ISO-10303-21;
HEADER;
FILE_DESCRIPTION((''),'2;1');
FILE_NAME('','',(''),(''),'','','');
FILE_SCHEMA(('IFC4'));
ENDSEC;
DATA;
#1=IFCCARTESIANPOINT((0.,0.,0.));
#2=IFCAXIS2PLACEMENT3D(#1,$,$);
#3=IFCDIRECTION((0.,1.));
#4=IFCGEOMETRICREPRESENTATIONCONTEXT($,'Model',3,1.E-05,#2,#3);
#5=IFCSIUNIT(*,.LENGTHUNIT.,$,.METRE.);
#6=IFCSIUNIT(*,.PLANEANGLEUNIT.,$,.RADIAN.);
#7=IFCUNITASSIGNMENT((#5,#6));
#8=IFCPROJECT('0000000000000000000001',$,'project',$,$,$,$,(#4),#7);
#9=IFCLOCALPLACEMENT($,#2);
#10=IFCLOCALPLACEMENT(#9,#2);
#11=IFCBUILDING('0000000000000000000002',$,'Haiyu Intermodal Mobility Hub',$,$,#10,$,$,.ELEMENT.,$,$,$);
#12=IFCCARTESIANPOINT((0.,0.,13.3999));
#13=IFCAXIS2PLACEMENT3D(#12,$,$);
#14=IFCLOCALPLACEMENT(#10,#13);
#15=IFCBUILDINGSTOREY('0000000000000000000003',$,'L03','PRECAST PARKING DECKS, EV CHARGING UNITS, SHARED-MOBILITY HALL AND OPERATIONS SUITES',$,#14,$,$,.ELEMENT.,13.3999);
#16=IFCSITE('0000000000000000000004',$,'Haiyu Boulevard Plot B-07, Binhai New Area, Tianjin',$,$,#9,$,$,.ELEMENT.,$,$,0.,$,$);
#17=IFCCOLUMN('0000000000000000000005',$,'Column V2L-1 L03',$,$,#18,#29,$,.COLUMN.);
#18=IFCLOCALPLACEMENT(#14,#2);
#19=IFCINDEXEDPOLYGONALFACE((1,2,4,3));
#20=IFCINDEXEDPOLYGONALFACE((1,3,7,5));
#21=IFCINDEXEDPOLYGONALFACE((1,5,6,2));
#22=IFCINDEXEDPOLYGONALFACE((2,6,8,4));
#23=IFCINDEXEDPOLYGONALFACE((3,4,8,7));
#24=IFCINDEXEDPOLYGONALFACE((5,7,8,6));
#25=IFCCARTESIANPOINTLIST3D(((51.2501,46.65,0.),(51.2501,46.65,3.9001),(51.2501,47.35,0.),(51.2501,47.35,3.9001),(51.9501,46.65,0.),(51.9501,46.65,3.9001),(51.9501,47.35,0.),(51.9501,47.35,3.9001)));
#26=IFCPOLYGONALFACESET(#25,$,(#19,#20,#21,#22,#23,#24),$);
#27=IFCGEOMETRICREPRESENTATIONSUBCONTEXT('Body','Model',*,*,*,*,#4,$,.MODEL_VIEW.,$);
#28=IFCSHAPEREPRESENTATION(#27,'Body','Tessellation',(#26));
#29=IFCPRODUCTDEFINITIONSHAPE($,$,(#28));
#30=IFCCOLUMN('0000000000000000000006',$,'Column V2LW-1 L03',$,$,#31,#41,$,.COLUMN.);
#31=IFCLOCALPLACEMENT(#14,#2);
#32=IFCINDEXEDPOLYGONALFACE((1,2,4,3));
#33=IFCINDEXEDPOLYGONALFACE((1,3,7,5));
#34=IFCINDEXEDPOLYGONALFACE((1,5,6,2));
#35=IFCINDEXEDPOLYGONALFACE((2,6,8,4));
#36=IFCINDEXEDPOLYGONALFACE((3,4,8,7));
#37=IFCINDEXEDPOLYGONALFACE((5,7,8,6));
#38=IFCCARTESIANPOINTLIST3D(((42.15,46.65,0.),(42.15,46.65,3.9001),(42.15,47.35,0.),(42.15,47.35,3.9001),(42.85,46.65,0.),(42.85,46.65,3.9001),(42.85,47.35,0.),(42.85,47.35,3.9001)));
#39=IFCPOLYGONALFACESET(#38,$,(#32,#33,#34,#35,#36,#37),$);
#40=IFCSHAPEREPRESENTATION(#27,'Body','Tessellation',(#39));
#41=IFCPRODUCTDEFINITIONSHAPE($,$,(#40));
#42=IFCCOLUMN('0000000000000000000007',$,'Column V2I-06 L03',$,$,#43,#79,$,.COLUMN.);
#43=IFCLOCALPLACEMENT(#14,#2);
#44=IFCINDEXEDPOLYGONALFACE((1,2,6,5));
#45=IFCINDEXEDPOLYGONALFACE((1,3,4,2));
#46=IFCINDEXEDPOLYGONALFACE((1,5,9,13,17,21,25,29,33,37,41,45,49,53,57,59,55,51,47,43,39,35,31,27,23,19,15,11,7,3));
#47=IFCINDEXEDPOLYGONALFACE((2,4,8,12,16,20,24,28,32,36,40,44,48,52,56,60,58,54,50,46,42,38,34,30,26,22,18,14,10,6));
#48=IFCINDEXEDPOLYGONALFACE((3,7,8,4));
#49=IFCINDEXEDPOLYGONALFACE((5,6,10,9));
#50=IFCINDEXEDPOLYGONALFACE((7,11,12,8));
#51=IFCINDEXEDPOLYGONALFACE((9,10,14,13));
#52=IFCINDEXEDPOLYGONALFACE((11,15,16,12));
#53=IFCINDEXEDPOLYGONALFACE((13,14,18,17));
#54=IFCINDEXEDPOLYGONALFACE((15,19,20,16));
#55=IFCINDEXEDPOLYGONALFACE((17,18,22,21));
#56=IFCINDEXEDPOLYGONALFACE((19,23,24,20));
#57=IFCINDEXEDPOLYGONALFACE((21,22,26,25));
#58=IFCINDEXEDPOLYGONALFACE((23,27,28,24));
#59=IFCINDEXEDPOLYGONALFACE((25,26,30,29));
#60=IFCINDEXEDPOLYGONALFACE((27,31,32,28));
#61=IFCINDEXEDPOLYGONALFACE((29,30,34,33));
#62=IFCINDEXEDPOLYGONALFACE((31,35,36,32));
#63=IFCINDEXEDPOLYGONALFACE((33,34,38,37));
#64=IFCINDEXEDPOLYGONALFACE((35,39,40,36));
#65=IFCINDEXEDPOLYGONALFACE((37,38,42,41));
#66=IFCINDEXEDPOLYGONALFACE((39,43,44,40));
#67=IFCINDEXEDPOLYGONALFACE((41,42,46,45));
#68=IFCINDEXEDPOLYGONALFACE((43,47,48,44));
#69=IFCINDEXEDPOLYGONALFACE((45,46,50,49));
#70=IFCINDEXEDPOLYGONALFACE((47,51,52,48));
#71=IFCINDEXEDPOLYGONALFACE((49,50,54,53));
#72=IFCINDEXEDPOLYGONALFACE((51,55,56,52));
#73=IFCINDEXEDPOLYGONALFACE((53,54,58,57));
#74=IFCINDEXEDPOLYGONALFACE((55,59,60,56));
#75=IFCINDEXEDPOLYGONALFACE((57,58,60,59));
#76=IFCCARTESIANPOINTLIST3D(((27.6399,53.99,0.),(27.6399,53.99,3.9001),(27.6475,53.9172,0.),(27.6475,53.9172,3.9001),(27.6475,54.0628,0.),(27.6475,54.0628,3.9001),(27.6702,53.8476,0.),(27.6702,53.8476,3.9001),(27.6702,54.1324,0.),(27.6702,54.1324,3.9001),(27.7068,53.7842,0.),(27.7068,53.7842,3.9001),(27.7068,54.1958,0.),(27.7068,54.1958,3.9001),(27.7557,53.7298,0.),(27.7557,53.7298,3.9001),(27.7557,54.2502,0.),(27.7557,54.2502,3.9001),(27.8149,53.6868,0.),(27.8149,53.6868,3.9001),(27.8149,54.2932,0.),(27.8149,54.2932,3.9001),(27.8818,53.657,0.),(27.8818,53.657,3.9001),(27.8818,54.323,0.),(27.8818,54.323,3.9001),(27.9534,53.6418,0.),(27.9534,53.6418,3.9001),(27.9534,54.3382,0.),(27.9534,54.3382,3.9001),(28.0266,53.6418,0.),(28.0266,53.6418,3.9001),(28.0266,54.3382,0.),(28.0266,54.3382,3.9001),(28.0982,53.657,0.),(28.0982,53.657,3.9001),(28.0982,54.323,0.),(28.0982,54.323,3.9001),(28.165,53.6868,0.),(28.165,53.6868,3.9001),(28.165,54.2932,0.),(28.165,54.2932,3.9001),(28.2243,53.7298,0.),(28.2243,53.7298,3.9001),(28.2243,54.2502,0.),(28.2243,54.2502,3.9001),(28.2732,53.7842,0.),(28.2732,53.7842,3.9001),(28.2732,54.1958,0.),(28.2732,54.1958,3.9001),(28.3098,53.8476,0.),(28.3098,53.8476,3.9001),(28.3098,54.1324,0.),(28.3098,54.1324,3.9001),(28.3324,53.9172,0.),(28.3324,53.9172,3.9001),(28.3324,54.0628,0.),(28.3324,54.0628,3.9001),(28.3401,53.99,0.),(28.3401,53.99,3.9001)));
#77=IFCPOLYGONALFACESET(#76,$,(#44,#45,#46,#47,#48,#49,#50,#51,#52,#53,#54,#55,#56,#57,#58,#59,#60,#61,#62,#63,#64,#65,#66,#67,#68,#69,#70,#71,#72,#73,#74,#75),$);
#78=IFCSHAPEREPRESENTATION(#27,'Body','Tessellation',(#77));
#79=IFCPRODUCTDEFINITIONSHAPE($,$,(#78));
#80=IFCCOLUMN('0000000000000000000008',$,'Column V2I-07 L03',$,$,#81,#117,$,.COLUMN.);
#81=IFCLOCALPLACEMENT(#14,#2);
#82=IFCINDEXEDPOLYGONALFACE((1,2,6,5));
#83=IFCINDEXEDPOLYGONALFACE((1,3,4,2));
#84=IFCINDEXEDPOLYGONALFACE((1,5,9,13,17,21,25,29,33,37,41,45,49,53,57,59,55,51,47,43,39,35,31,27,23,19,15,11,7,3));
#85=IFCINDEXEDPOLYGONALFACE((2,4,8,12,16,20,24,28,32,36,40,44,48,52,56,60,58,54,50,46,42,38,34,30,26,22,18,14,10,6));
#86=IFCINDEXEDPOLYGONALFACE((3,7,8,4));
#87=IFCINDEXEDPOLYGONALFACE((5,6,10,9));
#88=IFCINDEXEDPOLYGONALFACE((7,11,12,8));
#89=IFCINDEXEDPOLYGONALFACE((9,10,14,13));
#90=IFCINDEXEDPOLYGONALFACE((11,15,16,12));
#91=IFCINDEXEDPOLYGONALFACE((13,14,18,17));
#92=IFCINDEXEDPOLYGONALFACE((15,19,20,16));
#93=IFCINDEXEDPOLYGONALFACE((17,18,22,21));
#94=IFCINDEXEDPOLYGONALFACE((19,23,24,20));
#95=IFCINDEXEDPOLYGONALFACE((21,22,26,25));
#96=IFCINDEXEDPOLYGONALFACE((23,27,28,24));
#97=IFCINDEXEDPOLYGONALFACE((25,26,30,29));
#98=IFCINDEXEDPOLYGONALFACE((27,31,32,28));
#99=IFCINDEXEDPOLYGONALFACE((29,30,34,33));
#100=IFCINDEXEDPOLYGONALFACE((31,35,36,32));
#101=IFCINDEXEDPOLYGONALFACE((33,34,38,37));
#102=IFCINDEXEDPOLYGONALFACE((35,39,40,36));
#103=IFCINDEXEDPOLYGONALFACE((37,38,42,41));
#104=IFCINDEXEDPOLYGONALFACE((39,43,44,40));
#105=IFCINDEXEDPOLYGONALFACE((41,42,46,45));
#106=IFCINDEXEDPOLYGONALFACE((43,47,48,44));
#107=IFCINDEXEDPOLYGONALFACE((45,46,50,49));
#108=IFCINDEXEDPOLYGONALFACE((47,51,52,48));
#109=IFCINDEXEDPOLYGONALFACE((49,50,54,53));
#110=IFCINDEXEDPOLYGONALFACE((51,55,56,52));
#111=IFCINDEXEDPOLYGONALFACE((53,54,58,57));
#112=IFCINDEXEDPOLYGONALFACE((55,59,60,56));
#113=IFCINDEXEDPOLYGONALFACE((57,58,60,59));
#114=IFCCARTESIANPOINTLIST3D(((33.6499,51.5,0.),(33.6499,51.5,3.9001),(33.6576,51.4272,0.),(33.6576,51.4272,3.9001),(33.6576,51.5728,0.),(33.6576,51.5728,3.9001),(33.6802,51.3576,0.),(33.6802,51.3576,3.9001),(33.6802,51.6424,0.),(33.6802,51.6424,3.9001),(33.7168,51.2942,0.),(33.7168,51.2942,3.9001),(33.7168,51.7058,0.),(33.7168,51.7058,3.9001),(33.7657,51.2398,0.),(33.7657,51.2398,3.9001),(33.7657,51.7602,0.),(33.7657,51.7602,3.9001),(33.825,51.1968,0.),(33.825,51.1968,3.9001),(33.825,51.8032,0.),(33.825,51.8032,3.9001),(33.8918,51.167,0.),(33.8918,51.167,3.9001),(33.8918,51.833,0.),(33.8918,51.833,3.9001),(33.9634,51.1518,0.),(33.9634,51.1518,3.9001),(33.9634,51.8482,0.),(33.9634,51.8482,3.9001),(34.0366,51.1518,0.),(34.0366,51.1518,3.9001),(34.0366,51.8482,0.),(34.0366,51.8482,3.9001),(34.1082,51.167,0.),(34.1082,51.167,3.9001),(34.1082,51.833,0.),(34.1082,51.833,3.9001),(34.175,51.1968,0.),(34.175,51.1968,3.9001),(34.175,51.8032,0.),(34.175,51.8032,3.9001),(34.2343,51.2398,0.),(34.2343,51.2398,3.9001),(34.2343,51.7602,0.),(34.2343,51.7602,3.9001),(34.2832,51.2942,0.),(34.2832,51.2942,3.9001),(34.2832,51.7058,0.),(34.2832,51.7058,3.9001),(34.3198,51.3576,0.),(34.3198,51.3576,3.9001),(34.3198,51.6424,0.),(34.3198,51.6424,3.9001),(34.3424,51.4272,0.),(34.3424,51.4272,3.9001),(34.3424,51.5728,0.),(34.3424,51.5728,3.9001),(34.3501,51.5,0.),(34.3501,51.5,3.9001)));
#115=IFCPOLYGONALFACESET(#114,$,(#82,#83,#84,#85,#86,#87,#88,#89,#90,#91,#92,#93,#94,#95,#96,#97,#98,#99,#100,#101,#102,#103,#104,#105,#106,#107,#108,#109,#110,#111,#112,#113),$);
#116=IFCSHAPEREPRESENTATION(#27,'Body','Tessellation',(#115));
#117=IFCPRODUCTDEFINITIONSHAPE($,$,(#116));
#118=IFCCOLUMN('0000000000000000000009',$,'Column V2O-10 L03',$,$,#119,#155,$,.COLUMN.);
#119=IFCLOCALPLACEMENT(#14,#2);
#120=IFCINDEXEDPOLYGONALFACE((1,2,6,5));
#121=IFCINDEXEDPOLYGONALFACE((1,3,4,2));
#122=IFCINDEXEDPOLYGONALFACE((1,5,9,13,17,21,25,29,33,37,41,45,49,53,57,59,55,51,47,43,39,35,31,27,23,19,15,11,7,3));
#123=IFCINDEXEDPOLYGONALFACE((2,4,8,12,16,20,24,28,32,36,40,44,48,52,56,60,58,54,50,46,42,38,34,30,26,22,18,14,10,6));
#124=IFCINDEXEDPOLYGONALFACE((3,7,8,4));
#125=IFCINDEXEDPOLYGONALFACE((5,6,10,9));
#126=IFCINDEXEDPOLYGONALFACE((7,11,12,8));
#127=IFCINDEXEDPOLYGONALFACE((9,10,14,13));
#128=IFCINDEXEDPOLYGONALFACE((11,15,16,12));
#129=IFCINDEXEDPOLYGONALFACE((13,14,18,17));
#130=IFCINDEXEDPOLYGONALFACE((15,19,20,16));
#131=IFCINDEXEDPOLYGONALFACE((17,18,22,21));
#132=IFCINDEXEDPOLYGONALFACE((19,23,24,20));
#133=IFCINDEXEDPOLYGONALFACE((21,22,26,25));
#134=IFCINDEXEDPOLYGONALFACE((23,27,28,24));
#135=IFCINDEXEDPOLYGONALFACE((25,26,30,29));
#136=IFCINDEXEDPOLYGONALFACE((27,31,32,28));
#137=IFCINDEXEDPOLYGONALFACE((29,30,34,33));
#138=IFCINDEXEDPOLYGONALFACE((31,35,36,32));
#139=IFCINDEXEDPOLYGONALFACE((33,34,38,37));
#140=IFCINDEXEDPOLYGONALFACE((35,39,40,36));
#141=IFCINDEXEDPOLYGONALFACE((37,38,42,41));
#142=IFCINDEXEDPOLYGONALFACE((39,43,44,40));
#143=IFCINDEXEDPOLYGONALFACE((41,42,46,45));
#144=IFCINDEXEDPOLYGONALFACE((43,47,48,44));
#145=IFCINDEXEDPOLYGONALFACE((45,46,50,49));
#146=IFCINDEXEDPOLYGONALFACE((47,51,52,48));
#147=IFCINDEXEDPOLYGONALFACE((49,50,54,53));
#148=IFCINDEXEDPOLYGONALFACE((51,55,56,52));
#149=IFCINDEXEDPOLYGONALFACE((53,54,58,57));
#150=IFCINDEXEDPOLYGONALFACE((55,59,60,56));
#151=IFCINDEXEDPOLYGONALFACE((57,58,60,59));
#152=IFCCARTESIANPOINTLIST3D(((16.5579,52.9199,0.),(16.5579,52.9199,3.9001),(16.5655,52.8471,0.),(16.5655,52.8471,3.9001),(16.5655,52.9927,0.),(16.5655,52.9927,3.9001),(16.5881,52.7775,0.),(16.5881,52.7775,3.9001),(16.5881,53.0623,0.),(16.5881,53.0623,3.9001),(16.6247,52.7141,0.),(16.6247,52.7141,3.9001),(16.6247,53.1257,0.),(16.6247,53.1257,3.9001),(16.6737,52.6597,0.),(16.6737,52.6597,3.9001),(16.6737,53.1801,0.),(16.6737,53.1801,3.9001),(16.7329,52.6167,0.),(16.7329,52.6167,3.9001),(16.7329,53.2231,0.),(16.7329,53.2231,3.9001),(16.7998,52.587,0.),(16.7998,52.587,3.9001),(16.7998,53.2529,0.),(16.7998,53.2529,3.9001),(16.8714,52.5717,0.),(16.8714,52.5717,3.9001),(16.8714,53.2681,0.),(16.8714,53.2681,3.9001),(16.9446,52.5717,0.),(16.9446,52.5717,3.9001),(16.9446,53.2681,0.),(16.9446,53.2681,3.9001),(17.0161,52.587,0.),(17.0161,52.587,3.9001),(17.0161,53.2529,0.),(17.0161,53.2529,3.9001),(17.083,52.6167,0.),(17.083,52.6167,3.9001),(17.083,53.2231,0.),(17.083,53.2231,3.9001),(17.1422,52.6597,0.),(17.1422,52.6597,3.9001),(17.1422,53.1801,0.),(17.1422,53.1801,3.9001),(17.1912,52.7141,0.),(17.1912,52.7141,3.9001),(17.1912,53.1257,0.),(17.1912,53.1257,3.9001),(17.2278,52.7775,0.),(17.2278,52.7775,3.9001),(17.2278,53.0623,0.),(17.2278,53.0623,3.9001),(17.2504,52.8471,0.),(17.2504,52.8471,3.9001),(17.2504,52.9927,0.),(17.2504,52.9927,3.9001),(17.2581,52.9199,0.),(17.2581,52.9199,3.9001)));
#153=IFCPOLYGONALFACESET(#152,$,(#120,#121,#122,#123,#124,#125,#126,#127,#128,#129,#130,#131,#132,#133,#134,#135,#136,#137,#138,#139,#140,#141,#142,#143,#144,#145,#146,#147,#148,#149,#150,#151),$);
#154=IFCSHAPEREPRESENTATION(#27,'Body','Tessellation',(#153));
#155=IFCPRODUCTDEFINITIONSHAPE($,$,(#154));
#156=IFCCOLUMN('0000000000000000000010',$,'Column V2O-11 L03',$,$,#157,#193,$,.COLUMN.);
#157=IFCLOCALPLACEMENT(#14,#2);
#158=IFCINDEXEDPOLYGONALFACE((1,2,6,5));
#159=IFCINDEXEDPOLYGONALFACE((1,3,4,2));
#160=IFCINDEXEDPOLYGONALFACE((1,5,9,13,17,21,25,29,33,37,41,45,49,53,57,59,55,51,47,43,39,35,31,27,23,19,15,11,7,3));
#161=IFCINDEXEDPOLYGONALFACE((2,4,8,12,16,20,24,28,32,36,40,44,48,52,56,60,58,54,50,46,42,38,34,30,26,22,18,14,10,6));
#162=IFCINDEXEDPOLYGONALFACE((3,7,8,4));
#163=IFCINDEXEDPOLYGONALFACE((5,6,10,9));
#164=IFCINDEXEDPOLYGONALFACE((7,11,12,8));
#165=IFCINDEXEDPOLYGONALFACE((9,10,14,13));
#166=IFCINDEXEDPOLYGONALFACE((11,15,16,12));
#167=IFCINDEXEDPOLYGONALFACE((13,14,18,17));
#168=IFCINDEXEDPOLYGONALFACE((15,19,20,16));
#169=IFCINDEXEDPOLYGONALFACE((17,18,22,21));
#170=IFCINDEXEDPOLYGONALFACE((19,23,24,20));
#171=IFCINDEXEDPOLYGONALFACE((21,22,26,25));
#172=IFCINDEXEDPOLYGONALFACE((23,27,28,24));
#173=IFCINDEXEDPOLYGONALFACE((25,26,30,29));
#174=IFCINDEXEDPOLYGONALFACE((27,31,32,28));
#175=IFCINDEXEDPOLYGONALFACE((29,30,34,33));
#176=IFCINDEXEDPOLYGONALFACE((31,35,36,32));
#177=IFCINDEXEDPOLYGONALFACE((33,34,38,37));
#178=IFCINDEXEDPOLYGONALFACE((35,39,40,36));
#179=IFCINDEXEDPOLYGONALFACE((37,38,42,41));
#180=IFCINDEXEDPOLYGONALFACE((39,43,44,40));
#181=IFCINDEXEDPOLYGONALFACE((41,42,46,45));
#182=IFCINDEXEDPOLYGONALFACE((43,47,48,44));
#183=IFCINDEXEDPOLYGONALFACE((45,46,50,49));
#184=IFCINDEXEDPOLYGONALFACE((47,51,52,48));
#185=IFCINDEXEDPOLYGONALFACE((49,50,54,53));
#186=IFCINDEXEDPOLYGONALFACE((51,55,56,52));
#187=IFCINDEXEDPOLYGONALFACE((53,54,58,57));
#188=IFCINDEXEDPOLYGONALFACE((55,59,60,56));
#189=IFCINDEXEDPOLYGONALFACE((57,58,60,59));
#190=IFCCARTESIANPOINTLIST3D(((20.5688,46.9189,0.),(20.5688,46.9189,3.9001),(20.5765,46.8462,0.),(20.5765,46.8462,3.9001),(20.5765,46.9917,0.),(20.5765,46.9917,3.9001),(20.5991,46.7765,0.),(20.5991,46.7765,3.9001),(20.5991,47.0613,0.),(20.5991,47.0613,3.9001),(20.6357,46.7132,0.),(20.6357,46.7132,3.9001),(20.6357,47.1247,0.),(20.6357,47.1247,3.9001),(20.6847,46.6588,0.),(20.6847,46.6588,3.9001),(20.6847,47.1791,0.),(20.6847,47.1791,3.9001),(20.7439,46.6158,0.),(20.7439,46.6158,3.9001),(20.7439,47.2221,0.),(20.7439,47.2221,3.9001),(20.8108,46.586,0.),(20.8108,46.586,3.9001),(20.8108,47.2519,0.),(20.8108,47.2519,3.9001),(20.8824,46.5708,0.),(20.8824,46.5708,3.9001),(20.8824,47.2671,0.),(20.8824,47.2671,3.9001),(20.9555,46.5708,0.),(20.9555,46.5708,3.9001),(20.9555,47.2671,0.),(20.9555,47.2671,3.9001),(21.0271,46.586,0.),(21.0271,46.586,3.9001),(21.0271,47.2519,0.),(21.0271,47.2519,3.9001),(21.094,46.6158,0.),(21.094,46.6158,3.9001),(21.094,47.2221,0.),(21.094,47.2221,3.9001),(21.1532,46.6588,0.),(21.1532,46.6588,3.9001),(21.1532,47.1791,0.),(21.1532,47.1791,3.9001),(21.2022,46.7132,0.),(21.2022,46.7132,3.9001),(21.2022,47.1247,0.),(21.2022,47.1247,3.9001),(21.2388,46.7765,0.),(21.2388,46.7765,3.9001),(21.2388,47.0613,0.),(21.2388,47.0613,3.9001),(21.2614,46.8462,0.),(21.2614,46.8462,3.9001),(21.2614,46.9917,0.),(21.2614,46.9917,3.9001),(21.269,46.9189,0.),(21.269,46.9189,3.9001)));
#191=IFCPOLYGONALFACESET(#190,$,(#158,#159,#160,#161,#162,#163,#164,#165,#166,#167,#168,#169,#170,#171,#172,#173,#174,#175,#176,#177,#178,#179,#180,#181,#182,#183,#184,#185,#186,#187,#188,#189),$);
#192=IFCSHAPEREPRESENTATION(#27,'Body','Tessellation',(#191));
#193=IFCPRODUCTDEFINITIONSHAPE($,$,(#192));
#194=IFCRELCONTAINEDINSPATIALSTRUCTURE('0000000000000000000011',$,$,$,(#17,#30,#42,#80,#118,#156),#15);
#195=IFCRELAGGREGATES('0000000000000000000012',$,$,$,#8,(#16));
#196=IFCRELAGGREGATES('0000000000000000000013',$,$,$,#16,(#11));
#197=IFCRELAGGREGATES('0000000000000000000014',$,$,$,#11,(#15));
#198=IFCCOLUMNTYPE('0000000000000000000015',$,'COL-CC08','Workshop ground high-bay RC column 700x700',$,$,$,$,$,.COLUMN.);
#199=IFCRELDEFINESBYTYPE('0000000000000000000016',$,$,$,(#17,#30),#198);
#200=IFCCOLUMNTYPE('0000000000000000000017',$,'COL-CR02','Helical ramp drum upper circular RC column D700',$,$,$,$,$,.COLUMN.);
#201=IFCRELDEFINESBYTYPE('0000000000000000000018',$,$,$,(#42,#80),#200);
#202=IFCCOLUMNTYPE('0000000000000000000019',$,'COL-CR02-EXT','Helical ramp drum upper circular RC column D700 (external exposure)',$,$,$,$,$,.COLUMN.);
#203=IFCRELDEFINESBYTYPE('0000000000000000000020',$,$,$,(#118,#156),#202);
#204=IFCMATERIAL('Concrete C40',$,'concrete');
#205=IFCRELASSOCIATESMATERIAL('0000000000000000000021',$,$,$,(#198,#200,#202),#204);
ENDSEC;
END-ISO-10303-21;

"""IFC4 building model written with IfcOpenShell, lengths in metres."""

from ifc_helpers import new_model, si_unit, direction, frame, origin, origin_2d, place, context, subcontext, project, spatial, rectangle, circle, extrude, material, material_profile, profile_set, type_object, element, save


model = new_model("IFC4")

# Units and contexts
model_context = context("Model", 3, precision=1e-05, world=origin(), true_north=direction((0.0, 1.0)))
body_context = subcontext(model_context, "Body", "Model", "MODEL_VIEW")
ifc_project = project(units=[si_unit("LENGTHUNIT", "METRE"), si_unit("PLANEANGLEUNIT", "RADIAN")], contexts=[model_context])

# Site, building, storey
site_placement = place(None, origin())
site = spatial("IfcSite", under=ifc_project, at=site_placement, Name="Haiyu Boulevard Plot B-07, Binhai New Area, Tianjin", CompositionType="ELEMENT", RefElevation=0.0)
building_placement = place(site_placement, origin())
building = spatial("IfcBuilding", under=site, at=building_placement, Name="Haiyu Intermodal Mobility Hub", CompositionType="ELEMENT")
storey_placement = place(building_placement, frame((0.0, 0.0, 13.3999)))
storey = spatial("IfcBuildingStorey", under=building, at=storey_placement, Name="L03", Description="PRECAST PARKING DECKS, EV CHARGING UNITS, SHARED-MOBILITY HALL AND OPERATIONS SUITES", CompositionType="ELEMENT", Elevation=13.3999)

# Columns
ifc_material_1 = material(Name="Concrete C40", Category="concrete")
ifc_material_profile_1 = material_profile(ifc_material_1, rectangle(XDim=0.7, YDim=0.7, at=origin_2d()), Name="RC700x700")
ifc_profile_set_1 = profile_set([ifc_material_profile_1], Name="Concrete C40")
column_type_1 = type_object("IfcColumnType", Name="COL-CC08", Description="Workshop ground high-bay RC column 700x700", PredefinedType="COLUMN", material=ifc_profile_set_1)
for number, where, z_axis, x_axis, name in (
    (1, (51.6001, 47.0, 0.0), (0.0, 0.0, 1.0), (1.0, 0.0, 0.0), "Column V2L-1 L03"),
    (2, (42.5, 47.0, 0.0), (0.0, 0.0, 1.0), (1.0, 0.0, 0.0), "Column V2LW-1 L03"),
):
    element("IfcColumn", number, at=place(storey_placement, frame(where, z_axis=z_axis, x_axis=x_axis)), inside=storey, type_object=column_type_1, Name=name, PredefinedType="COLUMN", context=body_context, shape_type="SweptSolid", body=[
        extrude(rectangle(XDim=0.7, YDim=0.7, at=origin_2d()), origin(), (0.0, 0.0, 1.0), 3.9001),
    ])
ifc_material_profile_2 = material_profile(ifc_material_1, circle(Radius=0.3501, at=origin_2d()), Name="RCCOL-D700")
ifc_profile_set_2 = profile_set([ifc_material_profile_2], Name="Concrete C40")
column_type_2 = type_object("IfcColumnType", Name="COL-CR02", Description="Helical ramp drum upper circular RC column D700", PredefinedType="COLUMN", material=ifc_profile_set_2)
for number, where, z_axis, x_axis, name in (
    (3, (27.99, 53.99, 0.0), (0.0, 0.0, 1.0), (1.0, 0.0, 0.0), "Column V2I-06 L03"),
    (4, (34.0, 51.5, 0.0), (0.0, 0.0, 1.0), (1.0, 0.0, 0.0), "Column V2I-07 L03"),
):
    element("IfcColumn", number, at=place(storey_placement, frame(where, z_axis=z_axis, x_axis=x_axis)), inside=storey, type_object=column_type_2, Name=name, PredefinedType="COLUMN", context=body_context, shape_type="SweptSolid", body=[
        extrude(circle(Radius=0.3501, at=origin_2d()), origin(), (0.0, 0.0, 1.0), 3.9001),
    ])
ifc_material_profile_3 = material_profile(ifc_material_1, circle(Radius=0.3501, at=origin_2d()), Name="RCCOL-D700")
ifc_profile_set_3 = profile_set([ifc_material_profile_3], Name="Concrete C40")
column_type_3 = type_object("IfcColumnType", Name="COL-CR02-EXT", Description="Helical ramp drum upper circular RC column D700 (external exposure)", PredefinedType="COLUMN", material=ifc_profile_set_3)
for number, where, z_axis, x_axis, name in (
    (5, (16.908, 52.9199, 0.0), (0.0, 0.0, 1.0), (1.0, 0.0, 0.0), "Column V2O-10 L03"),
    (6, (20.9189, 46.9189, 0.0), (0.0, 0.0, 1.0), (1.0, 0.0, 0.0), "Column V2O-11 L03"),
):
    element("IfcColumn", number, at=place(storey_placement, frame(where, z_axis=z_axis, x_axis=x_axis)), inside=storey, type_object=column_type_3, Name=name, PredefinedType="COLUMN", context=body_context, shape_type="SweptSolid", body=[
        extrude(circle(Radius=0.3501, at=origin_2d()), origin(), (0.0, 0.0, 1.0), 3.9001),
    ])

save(model, "model.ifc")
